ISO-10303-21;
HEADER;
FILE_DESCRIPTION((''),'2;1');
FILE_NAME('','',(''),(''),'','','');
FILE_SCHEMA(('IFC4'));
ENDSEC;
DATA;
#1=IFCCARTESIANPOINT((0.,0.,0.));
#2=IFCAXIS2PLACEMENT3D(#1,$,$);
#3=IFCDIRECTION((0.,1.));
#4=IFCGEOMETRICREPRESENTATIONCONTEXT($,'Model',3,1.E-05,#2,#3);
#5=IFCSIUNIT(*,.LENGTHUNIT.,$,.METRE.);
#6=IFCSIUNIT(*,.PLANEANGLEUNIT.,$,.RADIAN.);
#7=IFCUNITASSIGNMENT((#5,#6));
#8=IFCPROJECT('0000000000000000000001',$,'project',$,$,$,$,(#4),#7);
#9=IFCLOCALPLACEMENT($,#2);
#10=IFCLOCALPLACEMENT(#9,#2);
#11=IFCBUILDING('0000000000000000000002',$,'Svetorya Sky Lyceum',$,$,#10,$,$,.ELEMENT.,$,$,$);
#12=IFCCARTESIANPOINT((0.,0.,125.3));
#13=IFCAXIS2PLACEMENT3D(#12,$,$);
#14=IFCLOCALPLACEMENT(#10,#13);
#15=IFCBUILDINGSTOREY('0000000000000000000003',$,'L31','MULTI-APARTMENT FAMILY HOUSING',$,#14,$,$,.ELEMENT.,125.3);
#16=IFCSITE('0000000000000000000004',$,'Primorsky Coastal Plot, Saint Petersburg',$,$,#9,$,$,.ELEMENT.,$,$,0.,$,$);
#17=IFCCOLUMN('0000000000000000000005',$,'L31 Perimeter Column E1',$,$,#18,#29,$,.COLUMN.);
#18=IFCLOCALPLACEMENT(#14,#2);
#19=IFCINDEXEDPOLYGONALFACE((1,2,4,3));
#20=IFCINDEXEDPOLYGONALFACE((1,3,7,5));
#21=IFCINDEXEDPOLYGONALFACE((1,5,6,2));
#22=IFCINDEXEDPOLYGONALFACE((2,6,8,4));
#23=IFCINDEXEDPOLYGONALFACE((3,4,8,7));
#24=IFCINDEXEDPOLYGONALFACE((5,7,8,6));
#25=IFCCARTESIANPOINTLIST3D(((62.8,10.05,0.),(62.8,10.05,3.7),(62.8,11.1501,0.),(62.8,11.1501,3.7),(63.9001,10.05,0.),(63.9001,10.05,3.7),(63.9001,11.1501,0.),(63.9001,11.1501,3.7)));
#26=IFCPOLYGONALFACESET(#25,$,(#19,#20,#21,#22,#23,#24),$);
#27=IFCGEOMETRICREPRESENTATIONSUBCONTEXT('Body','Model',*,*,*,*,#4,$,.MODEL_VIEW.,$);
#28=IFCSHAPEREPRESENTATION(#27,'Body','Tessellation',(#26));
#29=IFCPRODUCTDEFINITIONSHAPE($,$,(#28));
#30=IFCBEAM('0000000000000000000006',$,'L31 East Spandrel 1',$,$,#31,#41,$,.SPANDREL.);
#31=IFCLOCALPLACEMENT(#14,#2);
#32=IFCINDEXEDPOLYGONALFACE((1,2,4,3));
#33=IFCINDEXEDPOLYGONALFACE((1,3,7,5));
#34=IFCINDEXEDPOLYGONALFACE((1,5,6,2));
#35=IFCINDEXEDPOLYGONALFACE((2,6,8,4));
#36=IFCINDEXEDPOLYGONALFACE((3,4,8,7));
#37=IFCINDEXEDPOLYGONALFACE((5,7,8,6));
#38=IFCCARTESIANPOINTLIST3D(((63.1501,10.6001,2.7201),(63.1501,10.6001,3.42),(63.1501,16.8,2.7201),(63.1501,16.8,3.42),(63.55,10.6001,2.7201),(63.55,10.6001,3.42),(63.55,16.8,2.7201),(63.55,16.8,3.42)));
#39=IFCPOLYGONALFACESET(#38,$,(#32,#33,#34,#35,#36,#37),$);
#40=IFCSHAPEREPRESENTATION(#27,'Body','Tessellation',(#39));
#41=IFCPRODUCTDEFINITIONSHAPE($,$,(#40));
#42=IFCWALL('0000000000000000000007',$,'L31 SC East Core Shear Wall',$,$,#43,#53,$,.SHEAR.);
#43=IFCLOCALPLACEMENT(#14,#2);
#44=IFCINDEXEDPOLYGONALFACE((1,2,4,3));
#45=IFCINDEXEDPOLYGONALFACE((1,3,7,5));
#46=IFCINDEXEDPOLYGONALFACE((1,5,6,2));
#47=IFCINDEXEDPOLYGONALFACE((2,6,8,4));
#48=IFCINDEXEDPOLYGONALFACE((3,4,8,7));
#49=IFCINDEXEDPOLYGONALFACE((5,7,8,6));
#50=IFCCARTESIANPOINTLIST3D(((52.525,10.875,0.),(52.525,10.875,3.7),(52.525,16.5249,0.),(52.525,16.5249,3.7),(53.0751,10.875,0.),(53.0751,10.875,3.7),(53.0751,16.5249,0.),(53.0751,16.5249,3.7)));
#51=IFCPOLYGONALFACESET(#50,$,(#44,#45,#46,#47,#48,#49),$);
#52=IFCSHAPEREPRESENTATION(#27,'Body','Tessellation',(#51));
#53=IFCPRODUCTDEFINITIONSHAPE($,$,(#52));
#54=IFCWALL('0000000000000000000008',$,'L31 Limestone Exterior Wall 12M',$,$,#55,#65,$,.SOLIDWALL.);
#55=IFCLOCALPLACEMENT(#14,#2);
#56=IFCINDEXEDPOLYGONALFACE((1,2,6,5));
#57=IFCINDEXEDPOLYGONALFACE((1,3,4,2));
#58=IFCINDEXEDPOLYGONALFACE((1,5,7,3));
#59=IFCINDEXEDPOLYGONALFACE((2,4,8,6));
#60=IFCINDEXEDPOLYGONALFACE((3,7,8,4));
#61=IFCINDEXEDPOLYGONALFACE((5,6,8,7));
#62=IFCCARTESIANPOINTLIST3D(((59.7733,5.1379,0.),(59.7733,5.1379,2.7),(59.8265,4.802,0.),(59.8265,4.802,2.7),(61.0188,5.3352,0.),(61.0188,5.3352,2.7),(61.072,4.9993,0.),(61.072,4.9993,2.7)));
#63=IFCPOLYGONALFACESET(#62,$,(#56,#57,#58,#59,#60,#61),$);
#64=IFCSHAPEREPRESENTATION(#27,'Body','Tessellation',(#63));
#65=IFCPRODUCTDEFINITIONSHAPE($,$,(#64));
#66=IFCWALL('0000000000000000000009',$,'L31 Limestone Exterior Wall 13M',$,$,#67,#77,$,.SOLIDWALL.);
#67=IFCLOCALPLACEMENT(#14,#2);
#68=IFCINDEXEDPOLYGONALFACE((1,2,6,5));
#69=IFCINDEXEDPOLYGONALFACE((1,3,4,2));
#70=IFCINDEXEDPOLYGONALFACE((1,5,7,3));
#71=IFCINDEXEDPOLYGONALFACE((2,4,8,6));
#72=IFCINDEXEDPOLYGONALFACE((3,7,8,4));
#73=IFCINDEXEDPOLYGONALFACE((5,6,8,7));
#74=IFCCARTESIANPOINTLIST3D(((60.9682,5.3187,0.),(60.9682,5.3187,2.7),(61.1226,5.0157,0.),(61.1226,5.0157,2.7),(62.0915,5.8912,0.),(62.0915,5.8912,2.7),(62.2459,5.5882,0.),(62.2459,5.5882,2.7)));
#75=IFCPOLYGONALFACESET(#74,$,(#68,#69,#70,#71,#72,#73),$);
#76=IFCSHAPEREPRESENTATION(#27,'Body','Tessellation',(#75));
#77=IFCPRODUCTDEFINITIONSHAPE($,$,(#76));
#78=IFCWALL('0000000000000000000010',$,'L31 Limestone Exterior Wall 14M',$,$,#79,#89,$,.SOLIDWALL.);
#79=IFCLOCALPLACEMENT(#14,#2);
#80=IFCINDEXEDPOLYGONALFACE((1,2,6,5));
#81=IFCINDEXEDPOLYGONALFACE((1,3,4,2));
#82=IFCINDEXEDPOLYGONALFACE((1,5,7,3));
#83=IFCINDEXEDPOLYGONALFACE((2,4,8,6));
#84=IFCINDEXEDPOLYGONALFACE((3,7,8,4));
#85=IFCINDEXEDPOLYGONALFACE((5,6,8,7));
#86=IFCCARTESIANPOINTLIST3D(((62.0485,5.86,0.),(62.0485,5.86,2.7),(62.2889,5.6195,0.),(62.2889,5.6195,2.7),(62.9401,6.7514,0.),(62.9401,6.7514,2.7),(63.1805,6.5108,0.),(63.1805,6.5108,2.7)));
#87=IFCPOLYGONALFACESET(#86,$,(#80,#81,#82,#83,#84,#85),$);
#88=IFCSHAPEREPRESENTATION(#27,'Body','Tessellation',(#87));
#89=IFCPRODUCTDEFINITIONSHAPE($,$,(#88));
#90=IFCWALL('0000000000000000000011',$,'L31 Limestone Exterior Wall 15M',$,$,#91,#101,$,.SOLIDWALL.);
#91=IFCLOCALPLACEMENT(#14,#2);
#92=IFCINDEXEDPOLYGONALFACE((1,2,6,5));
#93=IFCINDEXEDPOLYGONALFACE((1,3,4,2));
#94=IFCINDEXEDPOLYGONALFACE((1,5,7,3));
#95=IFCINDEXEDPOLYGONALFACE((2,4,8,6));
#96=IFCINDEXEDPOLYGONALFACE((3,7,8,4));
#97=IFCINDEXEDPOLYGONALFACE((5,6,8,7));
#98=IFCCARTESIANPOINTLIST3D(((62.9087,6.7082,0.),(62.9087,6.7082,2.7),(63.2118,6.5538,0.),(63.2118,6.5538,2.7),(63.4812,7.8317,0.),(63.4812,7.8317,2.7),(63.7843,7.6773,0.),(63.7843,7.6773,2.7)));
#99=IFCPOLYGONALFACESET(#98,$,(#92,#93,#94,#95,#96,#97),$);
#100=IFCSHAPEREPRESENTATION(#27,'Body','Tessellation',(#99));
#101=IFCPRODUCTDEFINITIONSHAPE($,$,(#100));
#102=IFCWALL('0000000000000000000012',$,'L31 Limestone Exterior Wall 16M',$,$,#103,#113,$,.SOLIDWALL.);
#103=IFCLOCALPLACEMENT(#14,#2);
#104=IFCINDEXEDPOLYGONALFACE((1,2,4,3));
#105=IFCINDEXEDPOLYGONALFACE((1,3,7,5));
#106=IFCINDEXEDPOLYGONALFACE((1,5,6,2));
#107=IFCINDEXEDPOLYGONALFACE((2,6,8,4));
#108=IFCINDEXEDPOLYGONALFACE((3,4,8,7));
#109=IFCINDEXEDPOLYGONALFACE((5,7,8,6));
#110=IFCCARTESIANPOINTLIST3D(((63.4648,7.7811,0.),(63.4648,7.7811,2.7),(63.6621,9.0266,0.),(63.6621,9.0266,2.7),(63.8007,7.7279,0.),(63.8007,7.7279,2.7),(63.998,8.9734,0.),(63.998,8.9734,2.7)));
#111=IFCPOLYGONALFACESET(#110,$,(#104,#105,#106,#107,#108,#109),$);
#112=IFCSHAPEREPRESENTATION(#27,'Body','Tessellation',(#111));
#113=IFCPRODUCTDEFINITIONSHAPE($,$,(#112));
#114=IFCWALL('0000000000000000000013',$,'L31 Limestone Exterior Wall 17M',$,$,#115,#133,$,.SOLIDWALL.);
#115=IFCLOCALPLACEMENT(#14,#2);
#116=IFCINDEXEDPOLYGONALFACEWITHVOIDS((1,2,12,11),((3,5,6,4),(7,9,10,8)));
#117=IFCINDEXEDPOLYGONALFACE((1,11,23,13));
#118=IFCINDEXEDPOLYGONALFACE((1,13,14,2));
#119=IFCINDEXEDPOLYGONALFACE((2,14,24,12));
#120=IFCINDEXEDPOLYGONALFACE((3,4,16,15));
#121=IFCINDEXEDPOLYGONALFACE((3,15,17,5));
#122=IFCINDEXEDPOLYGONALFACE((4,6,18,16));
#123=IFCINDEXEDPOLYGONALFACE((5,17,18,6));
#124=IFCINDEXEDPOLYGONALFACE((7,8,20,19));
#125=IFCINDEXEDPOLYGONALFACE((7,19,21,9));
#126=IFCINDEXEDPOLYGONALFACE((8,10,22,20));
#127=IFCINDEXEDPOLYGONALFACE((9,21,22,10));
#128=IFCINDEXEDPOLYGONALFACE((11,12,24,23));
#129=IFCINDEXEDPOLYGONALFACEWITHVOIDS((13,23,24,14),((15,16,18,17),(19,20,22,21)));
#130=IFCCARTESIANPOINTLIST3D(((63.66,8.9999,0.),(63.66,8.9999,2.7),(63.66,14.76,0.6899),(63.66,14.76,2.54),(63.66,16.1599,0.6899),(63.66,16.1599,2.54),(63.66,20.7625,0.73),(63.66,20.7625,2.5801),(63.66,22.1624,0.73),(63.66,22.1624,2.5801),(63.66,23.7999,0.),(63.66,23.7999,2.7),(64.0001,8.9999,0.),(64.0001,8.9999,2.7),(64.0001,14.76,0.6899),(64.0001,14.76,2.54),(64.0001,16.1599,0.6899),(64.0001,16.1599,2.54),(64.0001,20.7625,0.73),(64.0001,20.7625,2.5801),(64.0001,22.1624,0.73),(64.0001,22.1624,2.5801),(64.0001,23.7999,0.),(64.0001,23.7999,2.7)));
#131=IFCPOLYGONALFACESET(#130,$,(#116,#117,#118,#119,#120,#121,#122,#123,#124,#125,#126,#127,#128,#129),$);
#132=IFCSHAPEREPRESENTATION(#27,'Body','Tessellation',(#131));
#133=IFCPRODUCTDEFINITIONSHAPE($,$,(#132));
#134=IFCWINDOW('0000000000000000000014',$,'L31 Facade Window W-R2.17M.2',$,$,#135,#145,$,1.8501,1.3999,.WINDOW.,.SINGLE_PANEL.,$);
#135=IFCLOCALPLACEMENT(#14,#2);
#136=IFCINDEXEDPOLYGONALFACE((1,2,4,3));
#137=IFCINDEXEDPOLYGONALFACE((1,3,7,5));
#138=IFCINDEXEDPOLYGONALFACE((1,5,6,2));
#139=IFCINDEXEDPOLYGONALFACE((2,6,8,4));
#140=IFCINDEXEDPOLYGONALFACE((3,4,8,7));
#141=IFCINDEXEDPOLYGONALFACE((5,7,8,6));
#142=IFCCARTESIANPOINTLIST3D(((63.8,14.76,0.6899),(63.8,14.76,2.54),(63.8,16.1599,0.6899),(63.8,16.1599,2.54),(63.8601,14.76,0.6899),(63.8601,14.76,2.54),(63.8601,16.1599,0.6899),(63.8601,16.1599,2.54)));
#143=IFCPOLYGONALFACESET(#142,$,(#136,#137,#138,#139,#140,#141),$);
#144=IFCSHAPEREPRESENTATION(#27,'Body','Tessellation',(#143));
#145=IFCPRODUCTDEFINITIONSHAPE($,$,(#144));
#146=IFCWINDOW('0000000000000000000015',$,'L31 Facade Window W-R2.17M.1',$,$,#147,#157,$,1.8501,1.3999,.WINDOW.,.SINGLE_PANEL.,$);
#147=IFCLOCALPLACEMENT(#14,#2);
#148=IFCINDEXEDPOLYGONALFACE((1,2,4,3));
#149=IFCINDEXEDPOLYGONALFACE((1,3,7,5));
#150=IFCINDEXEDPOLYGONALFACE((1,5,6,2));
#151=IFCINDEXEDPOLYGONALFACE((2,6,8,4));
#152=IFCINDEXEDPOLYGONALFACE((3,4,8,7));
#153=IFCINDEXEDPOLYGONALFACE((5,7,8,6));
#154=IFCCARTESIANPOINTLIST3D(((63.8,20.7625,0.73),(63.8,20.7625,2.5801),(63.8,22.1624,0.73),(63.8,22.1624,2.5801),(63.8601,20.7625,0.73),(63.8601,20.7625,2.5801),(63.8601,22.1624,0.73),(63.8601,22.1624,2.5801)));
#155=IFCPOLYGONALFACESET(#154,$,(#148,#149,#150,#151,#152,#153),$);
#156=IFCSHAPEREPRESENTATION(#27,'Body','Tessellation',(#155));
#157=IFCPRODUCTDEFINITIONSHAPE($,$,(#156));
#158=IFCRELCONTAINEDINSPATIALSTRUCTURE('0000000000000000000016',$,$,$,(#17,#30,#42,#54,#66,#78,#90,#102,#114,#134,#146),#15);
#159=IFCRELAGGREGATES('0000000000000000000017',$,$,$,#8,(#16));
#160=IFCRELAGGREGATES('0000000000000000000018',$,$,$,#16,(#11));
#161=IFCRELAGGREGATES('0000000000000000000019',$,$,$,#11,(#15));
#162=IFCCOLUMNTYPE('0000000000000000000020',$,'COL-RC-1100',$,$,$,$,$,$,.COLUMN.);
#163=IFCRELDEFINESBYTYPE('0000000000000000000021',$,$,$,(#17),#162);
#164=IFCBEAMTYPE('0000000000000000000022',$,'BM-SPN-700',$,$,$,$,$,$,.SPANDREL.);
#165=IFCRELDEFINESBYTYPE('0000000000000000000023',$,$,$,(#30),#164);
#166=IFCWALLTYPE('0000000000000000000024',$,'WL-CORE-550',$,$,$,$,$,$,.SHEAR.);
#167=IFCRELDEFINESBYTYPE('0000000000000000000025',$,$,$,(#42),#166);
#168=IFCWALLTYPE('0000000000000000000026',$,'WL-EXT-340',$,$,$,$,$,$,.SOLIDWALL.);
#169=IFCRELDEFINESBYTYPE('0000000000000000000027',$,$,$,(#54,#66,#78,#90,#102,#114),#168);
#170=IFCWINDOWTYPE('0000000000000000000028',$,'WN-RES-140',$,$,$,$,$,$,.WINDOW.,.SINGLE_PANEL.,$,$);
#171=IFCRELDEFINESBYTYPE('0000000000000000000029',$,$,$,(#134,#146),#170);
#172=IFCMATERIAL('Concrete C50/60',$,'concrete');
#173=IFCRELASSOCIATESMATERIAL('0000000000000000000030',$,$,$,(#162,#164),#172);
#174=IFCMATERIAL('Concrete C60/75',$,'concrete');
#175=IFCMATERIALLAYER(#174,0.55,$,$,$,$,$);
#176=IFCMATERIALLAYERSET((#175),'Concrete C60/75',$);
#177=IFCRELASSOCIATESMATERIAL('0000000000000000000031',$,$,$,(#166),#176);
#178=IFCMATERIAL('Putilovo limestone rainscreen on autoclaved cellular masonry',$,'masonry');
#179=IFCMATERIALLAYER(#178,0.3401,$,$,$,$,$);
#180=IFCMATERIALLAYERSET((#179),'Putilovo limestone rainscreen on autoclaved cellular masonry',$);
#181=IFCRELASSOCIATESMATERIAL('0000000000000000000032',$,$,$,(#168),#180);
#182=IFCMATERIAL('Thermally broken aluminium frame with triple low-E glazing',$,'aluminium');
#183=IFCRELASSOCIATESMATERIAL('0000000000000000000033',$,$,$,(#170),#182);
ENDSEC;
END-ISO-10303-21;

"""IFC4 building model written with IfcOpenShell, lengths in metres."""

from ifc_helpers import new_model, si_unit, direction, frame, frame_2d, origin, origin_2d, place, context, subcontext, project, spatial, rectangle, extrude, material, layer, layer_set, material_profile, profile_set, type_object, element, fill, save


model = new_model("IFC4")

# Units and contexts
model_context = context("Model", 3, precision=1e-05, world=origin(), true_north=direction((0.0, 1.0)))
body_context = subcontext(model_context, "Body", "Model", "MODEL_VIEW")
ifc_project = project(units=[si_unit("LENGTHUNIT", "METRE"), si_unit("PLANEANGLEUNIT", "RADIAN")], contexts=[model_context])

# Site, building, storey
site_placement = place(None, origin())
site = spatial("IfcSite", under=ifc_project, at=site_placement, Name="Primorsky Coastal Plot, Saint Petersburg", CompositionType="ELEMENT", RefElevation=0.0)
building_placement = place(site_placement, origin())
building = spatial("IfcBuilding", under=site, at=building_placement, Name="Svetorya Sky Lyceum", CompositionType="ELEMENT")
storey_placement = place(building_placement, frame((0.0, 0.0, 125.3)))
storey = spatial("IfcBuildingStorey", under=building, at=storey_placement, Name="L31", Description="MULTI-APARTMENT FAMILY HOUSING", CompositionType="ELEMENT", Elevation=125.3)

# Column
ifc_material_1 = material(Name="Concrete C50/60", Category="concrete")
ifc_material_profile_1 = material_profile(ifc_material_1, rectangle(XDim=1.1001, YDim=1.1001, at=origin_2d()), Name="RC COL 1100x1100")
ifc_profile_set_1 = profile_set([ifc_material_profile_1], Name="Concrete C50/60")
column_type = type_object("IfcColumnType", Name="COL-RC-1100", PredefinedType="COLUMN", material=ifc_profile_set_1)
column_placement = place(storey_placement, frame((63.3501, 10.6001, 0.0), z_axis=(0.0, 0.0, 1.0), x_axis=(1.0, 0.0, 0.0)))
element("IfcColumn", 1, at=column_placement, inside=storey, type_object=column_type, Name="L31 Perimeter Column E1", PredefinedType="COLUMN", context=body_context, shape_type="SweptSolid", body=[
    extrude(rectangle(XDim=1.1001, YDim=1.1001, at=origin_2d()), origin(), (0.0, 0.0, 1.0), 3.7),
])

# Beam
ifc_material_profile_2 = material_profile(ifc_material_1, rectangle(XDim=0.3999, YDim=0.7, at=origin_2d()), Name="RC SPANDREL 400x700")
ifc_profile_set_2 = profile_set([ifc_material_profile_2], Name="Concrete C50/60")
beam_type = type_object("IfcBeamType", Name="BM-SPN-700", PredefinedType="SPANDREL", material=ifc_profile_set_2)
beam_placement = place(storey_placement, frame((63.3501, 10.6001, 3.0701), z_axis=(0.0, 1.0, 0.0), x_axis=(-1.0, 0.0, 0.0)))
element("IfcBeam", 2, at=beam_placement, inside=storey, type_object=beam_type, Name="L31 East Spandrel 1", PredefinedType="SPANDREL", context=body_context, shape_type="SweptSolid", body=[
    extrude(rectangle(XDim=0.3999, YDim=0.7, at=origin_2d()), origin(), (0.0, 0.0, 1.0), 6.2),
])

# Walls
ifc_material_2 = material(Name="Concrete C60/75", Category="concrete")
ifc_layer_1 = layer(ifc_material_2, 0.55)
ifc_layer_set_1 = layer_set([ifc_layer_1], Name="Concrete C60/75")
wall_type_1 = type_object("IfcWallType", Name="WL-CORE-550", PredefinedType="SHEAR", material=ifc_layer_set_1)
wall_1_placement = place(storey_placement, frame((52.8, 10.875, 0.0), z_axis=(0.0, 0.0, 1.0), x_axis=(0.0, 1.0, 0.0)))
element("IfcWall", 3, at=wall_1_placement, inside=storey, type_object=wall_type_1, Name="L31 SC East Core Shear Wall", PredefinedType="SHEAR", context=body_context, shape_type="SweptSolid", body=[
    extrude(rectangle(XDim=5.6499, YDim=0.55, at=frame_2d((2.825, 0.0))), origin(), (0.0, 0.0, 1.0), 3.7),
])
ifc_material_3 = material(Name="Putilovo limestone rainscreen on autoclaved cellular masonry", Category="masonry")
ifc_layer_2 = layer(ifc_material_3, 0.3401)
ifc_layer_set_2 = layer_set([ifc_layer_2], Name="Putilovo limestone rainscreen on autoclaved cellular masonry")
wall_type_2 = type_object("IfcWallType", Name="WL-EXT-340", PredefinedType="SOLIDWALL", material=ifc_layer_set_2)
wall_2_placement = place(storey_placement, frame((59.8, 4.97, 0.0), z_axis=(0.0, 0.0, 1.0), x_axis=(0.987686, 0.15645, 0.0)))
element("IfcWall", 4, at=wall_2_placement, inside=storey, type_object=wall_type_2, Name="L31 Limestone Exterior Wall 12M", PredefinedType="SOLIDWALL", context=body_context, shape_type="SweptSolid", body=[
    extrude(rectangle(XDim=1.261, YDim=0.3401, at=frame_2d((0.6304, 0.0))), origin(), (0.0, 0.0, 1.0), 2.7),
])
for number, where, z_axis, x_axis, name in (
    (5, (61.0454, 5.1672, 0.0), (0.0, 0.0, 1.0), (0.890954, 0.454094, 0.0), "L31 Limestone Exterior Wall 13M"),
    (6, (62.1687, 5.7397, 0.0), (0.0, 0.0, 1.0), (0.707204, 0.70701, 0.0), "L31 Limestone Exterior Wall 14M"),
):
    element("IfcWall", number, at=place(storey_placement, frame(where, z_axis=z_axis, x_axis=x_axis)), inside=storey, type_object=wall_type_2, Name=name, PredefinedType="SOLIDWALL", context=body_context, shape_type="SweptSolid", body=[
        extrude(rectangle(XDim=1.2607, YDim=0.3401, at=frame_2d((0.6304, 0.0))), origin(), (0.0, 0.0, 1.0), 2.7),
    ])
for number, where, z_axis, x_axis, name in (
    (7, (63.0603, 6.6311, 0.0), (0.0, 0.0, 1.0), (0.454016, 0.890994, 0.0), "L31 Limestone Exterior Wall 15M"),
    (8, (63.6328, 7.7546, 0.0), (0.0, 0.0, 1.0), (0.15645, 0.987686, 0.0), "L31 Limestone Exterior Wall 16M"),
):
    element("IfcWall", number, at=place(storey_placement, frame(where, z_axis=z_axis, x_axis=x_axis)), inside=storey, type_object=wall_type_2, Name=name, PredefinedType="SOLIDWALL", context=body_context, shape_type="SweptSolid", body=[
        extrude(rectangle(XDim=1.261, YDim=0.3401, at=frame_2d((0.6304, 0.0))), origin(), (0.0, 0.0, 1.0), 2.7),
    ])

# Wall, openings, windows
wall_3_placement = place(storey_placement, frame((63.8301, 9.0, 0.0), z_axis=(0.0, 0.0, 1.0), x_axis=(0.0, 1.0, 0.0)))
wall_3 = element("IfcWall", 9, at=wall_3_placement, inside=storey, type_object=wall_type_2, Name="L31 Limestone Exterior Wall 17M", PredefinedType="SOLIDWALL", context=body_context, shape_type="SweptSolid", body=[
    extrude(rectangle(XDim=14.8, YDim=0.3401, at=frame_2d((7.3999, 0.0))), origin(), (0.0, 0.0, 1.0), 2.7),
])
opening_1_placement = place(wall_3_placement, frame((5.76, 0.0, 0.6899)))
opening_1 = element("IfcOpeningElement", 10, at=opening_1_placement, cuts=wall_3, PredefinedType="OPENING", context=body_context, shape_type="SweptSolid", body=[
    extrude(rectangle(XDim=1.3999, YDim=1.8501, at=frame_2d((0.7, 0.925))), frame((0.0, 0.1799, 0.0), z_axis=(0.0, -1.0, 0.0), x_axis=(1.0, 0.0, 0.0)), (0.0, 0.0, 1.0), 0.3601),
])
opening_2_placement = place(wall_3_placement, frame((11.7625, 0.0, 0.73)))
opening_2 = element("IfcOpeningElement", 11, at=opening_2_placement, cuts=wall_3, PredefinedType="OPENING", context=body_context, shape_type="SweptSolid", body=[
    extrude(rectangle(XDim=1.3999, YDim=1.8501, at=frame_2d((0.7, 0.925))), frame((0.0, 0.1799, 0.0), z_axis=(0.0, -1.0, 0.0), x_axis=(1.0, 0.0, 0.0)), (0.0, 0.0, 1.0), 0.3601),
])
ifc_material_4 = material(Name="Thermally broken aluminium frame with triple low-E glazing", Category="aluminium")
window_type = type_object("IfcWindowType", Name="WN-RES-140", PartitioningType="SINGLE_PANEL", PredefinedType="WINDOW", material=ifc_material_4)
window_1_placement = place(opening_1_placement, origin())
window_1 = element("IfcWindow", 12, at=window_1_placement, inside=storey, type_object=window_type, Name="L31 Facade Window W-R2.17M.2", OverallHeight=1.8501, OverallWidth=1.3999, PartitioningType="SINGLE_PANEL", PredefinedType="WINDOW", context=body_context, shape_type="SweptSolid", body=[
    extrude(rectangle(XDim=1.3999, YDim=1.8501, at=frame_2d((0.7, 0.925))), frame((0.0, 0.03, 0.0), z_axis=(0.0, -1.0, 0.0), x_axis=(1.0, 0.0, 0.0)), (0.0, 0.0, 1.0), 0.0601),
])
fill(opening_1, window_1)
window_2_placement = place(opening_2_placement, origin())
window_2 = element("IfcWindow", 13, at=window_2_placement, inside=storey, type_object=window_type, Name="L31 Facade Window W-R2.17M.1", OverallHeight=1.8501, OverallWidth=1.3999, PartitioningType="SINGLE_PANEL", PredefinedType="WINDOW", context=body_context, shape_type="SweptSolid", body=[
    extrude(rectangle(XDim=1.3999, YDim=1.8501, at=frame_2d((0.7, 0.925))), frame((0.0, 0.03, 0.0), z_axis=(0.0, -1.0, 0.0), x_axis=(1.0, 0.0, 0.0)), (0.0, 0.0, 1.0), 0.0601),
])
fill(opening_2, window_2)

save(model, "model.ifc")
